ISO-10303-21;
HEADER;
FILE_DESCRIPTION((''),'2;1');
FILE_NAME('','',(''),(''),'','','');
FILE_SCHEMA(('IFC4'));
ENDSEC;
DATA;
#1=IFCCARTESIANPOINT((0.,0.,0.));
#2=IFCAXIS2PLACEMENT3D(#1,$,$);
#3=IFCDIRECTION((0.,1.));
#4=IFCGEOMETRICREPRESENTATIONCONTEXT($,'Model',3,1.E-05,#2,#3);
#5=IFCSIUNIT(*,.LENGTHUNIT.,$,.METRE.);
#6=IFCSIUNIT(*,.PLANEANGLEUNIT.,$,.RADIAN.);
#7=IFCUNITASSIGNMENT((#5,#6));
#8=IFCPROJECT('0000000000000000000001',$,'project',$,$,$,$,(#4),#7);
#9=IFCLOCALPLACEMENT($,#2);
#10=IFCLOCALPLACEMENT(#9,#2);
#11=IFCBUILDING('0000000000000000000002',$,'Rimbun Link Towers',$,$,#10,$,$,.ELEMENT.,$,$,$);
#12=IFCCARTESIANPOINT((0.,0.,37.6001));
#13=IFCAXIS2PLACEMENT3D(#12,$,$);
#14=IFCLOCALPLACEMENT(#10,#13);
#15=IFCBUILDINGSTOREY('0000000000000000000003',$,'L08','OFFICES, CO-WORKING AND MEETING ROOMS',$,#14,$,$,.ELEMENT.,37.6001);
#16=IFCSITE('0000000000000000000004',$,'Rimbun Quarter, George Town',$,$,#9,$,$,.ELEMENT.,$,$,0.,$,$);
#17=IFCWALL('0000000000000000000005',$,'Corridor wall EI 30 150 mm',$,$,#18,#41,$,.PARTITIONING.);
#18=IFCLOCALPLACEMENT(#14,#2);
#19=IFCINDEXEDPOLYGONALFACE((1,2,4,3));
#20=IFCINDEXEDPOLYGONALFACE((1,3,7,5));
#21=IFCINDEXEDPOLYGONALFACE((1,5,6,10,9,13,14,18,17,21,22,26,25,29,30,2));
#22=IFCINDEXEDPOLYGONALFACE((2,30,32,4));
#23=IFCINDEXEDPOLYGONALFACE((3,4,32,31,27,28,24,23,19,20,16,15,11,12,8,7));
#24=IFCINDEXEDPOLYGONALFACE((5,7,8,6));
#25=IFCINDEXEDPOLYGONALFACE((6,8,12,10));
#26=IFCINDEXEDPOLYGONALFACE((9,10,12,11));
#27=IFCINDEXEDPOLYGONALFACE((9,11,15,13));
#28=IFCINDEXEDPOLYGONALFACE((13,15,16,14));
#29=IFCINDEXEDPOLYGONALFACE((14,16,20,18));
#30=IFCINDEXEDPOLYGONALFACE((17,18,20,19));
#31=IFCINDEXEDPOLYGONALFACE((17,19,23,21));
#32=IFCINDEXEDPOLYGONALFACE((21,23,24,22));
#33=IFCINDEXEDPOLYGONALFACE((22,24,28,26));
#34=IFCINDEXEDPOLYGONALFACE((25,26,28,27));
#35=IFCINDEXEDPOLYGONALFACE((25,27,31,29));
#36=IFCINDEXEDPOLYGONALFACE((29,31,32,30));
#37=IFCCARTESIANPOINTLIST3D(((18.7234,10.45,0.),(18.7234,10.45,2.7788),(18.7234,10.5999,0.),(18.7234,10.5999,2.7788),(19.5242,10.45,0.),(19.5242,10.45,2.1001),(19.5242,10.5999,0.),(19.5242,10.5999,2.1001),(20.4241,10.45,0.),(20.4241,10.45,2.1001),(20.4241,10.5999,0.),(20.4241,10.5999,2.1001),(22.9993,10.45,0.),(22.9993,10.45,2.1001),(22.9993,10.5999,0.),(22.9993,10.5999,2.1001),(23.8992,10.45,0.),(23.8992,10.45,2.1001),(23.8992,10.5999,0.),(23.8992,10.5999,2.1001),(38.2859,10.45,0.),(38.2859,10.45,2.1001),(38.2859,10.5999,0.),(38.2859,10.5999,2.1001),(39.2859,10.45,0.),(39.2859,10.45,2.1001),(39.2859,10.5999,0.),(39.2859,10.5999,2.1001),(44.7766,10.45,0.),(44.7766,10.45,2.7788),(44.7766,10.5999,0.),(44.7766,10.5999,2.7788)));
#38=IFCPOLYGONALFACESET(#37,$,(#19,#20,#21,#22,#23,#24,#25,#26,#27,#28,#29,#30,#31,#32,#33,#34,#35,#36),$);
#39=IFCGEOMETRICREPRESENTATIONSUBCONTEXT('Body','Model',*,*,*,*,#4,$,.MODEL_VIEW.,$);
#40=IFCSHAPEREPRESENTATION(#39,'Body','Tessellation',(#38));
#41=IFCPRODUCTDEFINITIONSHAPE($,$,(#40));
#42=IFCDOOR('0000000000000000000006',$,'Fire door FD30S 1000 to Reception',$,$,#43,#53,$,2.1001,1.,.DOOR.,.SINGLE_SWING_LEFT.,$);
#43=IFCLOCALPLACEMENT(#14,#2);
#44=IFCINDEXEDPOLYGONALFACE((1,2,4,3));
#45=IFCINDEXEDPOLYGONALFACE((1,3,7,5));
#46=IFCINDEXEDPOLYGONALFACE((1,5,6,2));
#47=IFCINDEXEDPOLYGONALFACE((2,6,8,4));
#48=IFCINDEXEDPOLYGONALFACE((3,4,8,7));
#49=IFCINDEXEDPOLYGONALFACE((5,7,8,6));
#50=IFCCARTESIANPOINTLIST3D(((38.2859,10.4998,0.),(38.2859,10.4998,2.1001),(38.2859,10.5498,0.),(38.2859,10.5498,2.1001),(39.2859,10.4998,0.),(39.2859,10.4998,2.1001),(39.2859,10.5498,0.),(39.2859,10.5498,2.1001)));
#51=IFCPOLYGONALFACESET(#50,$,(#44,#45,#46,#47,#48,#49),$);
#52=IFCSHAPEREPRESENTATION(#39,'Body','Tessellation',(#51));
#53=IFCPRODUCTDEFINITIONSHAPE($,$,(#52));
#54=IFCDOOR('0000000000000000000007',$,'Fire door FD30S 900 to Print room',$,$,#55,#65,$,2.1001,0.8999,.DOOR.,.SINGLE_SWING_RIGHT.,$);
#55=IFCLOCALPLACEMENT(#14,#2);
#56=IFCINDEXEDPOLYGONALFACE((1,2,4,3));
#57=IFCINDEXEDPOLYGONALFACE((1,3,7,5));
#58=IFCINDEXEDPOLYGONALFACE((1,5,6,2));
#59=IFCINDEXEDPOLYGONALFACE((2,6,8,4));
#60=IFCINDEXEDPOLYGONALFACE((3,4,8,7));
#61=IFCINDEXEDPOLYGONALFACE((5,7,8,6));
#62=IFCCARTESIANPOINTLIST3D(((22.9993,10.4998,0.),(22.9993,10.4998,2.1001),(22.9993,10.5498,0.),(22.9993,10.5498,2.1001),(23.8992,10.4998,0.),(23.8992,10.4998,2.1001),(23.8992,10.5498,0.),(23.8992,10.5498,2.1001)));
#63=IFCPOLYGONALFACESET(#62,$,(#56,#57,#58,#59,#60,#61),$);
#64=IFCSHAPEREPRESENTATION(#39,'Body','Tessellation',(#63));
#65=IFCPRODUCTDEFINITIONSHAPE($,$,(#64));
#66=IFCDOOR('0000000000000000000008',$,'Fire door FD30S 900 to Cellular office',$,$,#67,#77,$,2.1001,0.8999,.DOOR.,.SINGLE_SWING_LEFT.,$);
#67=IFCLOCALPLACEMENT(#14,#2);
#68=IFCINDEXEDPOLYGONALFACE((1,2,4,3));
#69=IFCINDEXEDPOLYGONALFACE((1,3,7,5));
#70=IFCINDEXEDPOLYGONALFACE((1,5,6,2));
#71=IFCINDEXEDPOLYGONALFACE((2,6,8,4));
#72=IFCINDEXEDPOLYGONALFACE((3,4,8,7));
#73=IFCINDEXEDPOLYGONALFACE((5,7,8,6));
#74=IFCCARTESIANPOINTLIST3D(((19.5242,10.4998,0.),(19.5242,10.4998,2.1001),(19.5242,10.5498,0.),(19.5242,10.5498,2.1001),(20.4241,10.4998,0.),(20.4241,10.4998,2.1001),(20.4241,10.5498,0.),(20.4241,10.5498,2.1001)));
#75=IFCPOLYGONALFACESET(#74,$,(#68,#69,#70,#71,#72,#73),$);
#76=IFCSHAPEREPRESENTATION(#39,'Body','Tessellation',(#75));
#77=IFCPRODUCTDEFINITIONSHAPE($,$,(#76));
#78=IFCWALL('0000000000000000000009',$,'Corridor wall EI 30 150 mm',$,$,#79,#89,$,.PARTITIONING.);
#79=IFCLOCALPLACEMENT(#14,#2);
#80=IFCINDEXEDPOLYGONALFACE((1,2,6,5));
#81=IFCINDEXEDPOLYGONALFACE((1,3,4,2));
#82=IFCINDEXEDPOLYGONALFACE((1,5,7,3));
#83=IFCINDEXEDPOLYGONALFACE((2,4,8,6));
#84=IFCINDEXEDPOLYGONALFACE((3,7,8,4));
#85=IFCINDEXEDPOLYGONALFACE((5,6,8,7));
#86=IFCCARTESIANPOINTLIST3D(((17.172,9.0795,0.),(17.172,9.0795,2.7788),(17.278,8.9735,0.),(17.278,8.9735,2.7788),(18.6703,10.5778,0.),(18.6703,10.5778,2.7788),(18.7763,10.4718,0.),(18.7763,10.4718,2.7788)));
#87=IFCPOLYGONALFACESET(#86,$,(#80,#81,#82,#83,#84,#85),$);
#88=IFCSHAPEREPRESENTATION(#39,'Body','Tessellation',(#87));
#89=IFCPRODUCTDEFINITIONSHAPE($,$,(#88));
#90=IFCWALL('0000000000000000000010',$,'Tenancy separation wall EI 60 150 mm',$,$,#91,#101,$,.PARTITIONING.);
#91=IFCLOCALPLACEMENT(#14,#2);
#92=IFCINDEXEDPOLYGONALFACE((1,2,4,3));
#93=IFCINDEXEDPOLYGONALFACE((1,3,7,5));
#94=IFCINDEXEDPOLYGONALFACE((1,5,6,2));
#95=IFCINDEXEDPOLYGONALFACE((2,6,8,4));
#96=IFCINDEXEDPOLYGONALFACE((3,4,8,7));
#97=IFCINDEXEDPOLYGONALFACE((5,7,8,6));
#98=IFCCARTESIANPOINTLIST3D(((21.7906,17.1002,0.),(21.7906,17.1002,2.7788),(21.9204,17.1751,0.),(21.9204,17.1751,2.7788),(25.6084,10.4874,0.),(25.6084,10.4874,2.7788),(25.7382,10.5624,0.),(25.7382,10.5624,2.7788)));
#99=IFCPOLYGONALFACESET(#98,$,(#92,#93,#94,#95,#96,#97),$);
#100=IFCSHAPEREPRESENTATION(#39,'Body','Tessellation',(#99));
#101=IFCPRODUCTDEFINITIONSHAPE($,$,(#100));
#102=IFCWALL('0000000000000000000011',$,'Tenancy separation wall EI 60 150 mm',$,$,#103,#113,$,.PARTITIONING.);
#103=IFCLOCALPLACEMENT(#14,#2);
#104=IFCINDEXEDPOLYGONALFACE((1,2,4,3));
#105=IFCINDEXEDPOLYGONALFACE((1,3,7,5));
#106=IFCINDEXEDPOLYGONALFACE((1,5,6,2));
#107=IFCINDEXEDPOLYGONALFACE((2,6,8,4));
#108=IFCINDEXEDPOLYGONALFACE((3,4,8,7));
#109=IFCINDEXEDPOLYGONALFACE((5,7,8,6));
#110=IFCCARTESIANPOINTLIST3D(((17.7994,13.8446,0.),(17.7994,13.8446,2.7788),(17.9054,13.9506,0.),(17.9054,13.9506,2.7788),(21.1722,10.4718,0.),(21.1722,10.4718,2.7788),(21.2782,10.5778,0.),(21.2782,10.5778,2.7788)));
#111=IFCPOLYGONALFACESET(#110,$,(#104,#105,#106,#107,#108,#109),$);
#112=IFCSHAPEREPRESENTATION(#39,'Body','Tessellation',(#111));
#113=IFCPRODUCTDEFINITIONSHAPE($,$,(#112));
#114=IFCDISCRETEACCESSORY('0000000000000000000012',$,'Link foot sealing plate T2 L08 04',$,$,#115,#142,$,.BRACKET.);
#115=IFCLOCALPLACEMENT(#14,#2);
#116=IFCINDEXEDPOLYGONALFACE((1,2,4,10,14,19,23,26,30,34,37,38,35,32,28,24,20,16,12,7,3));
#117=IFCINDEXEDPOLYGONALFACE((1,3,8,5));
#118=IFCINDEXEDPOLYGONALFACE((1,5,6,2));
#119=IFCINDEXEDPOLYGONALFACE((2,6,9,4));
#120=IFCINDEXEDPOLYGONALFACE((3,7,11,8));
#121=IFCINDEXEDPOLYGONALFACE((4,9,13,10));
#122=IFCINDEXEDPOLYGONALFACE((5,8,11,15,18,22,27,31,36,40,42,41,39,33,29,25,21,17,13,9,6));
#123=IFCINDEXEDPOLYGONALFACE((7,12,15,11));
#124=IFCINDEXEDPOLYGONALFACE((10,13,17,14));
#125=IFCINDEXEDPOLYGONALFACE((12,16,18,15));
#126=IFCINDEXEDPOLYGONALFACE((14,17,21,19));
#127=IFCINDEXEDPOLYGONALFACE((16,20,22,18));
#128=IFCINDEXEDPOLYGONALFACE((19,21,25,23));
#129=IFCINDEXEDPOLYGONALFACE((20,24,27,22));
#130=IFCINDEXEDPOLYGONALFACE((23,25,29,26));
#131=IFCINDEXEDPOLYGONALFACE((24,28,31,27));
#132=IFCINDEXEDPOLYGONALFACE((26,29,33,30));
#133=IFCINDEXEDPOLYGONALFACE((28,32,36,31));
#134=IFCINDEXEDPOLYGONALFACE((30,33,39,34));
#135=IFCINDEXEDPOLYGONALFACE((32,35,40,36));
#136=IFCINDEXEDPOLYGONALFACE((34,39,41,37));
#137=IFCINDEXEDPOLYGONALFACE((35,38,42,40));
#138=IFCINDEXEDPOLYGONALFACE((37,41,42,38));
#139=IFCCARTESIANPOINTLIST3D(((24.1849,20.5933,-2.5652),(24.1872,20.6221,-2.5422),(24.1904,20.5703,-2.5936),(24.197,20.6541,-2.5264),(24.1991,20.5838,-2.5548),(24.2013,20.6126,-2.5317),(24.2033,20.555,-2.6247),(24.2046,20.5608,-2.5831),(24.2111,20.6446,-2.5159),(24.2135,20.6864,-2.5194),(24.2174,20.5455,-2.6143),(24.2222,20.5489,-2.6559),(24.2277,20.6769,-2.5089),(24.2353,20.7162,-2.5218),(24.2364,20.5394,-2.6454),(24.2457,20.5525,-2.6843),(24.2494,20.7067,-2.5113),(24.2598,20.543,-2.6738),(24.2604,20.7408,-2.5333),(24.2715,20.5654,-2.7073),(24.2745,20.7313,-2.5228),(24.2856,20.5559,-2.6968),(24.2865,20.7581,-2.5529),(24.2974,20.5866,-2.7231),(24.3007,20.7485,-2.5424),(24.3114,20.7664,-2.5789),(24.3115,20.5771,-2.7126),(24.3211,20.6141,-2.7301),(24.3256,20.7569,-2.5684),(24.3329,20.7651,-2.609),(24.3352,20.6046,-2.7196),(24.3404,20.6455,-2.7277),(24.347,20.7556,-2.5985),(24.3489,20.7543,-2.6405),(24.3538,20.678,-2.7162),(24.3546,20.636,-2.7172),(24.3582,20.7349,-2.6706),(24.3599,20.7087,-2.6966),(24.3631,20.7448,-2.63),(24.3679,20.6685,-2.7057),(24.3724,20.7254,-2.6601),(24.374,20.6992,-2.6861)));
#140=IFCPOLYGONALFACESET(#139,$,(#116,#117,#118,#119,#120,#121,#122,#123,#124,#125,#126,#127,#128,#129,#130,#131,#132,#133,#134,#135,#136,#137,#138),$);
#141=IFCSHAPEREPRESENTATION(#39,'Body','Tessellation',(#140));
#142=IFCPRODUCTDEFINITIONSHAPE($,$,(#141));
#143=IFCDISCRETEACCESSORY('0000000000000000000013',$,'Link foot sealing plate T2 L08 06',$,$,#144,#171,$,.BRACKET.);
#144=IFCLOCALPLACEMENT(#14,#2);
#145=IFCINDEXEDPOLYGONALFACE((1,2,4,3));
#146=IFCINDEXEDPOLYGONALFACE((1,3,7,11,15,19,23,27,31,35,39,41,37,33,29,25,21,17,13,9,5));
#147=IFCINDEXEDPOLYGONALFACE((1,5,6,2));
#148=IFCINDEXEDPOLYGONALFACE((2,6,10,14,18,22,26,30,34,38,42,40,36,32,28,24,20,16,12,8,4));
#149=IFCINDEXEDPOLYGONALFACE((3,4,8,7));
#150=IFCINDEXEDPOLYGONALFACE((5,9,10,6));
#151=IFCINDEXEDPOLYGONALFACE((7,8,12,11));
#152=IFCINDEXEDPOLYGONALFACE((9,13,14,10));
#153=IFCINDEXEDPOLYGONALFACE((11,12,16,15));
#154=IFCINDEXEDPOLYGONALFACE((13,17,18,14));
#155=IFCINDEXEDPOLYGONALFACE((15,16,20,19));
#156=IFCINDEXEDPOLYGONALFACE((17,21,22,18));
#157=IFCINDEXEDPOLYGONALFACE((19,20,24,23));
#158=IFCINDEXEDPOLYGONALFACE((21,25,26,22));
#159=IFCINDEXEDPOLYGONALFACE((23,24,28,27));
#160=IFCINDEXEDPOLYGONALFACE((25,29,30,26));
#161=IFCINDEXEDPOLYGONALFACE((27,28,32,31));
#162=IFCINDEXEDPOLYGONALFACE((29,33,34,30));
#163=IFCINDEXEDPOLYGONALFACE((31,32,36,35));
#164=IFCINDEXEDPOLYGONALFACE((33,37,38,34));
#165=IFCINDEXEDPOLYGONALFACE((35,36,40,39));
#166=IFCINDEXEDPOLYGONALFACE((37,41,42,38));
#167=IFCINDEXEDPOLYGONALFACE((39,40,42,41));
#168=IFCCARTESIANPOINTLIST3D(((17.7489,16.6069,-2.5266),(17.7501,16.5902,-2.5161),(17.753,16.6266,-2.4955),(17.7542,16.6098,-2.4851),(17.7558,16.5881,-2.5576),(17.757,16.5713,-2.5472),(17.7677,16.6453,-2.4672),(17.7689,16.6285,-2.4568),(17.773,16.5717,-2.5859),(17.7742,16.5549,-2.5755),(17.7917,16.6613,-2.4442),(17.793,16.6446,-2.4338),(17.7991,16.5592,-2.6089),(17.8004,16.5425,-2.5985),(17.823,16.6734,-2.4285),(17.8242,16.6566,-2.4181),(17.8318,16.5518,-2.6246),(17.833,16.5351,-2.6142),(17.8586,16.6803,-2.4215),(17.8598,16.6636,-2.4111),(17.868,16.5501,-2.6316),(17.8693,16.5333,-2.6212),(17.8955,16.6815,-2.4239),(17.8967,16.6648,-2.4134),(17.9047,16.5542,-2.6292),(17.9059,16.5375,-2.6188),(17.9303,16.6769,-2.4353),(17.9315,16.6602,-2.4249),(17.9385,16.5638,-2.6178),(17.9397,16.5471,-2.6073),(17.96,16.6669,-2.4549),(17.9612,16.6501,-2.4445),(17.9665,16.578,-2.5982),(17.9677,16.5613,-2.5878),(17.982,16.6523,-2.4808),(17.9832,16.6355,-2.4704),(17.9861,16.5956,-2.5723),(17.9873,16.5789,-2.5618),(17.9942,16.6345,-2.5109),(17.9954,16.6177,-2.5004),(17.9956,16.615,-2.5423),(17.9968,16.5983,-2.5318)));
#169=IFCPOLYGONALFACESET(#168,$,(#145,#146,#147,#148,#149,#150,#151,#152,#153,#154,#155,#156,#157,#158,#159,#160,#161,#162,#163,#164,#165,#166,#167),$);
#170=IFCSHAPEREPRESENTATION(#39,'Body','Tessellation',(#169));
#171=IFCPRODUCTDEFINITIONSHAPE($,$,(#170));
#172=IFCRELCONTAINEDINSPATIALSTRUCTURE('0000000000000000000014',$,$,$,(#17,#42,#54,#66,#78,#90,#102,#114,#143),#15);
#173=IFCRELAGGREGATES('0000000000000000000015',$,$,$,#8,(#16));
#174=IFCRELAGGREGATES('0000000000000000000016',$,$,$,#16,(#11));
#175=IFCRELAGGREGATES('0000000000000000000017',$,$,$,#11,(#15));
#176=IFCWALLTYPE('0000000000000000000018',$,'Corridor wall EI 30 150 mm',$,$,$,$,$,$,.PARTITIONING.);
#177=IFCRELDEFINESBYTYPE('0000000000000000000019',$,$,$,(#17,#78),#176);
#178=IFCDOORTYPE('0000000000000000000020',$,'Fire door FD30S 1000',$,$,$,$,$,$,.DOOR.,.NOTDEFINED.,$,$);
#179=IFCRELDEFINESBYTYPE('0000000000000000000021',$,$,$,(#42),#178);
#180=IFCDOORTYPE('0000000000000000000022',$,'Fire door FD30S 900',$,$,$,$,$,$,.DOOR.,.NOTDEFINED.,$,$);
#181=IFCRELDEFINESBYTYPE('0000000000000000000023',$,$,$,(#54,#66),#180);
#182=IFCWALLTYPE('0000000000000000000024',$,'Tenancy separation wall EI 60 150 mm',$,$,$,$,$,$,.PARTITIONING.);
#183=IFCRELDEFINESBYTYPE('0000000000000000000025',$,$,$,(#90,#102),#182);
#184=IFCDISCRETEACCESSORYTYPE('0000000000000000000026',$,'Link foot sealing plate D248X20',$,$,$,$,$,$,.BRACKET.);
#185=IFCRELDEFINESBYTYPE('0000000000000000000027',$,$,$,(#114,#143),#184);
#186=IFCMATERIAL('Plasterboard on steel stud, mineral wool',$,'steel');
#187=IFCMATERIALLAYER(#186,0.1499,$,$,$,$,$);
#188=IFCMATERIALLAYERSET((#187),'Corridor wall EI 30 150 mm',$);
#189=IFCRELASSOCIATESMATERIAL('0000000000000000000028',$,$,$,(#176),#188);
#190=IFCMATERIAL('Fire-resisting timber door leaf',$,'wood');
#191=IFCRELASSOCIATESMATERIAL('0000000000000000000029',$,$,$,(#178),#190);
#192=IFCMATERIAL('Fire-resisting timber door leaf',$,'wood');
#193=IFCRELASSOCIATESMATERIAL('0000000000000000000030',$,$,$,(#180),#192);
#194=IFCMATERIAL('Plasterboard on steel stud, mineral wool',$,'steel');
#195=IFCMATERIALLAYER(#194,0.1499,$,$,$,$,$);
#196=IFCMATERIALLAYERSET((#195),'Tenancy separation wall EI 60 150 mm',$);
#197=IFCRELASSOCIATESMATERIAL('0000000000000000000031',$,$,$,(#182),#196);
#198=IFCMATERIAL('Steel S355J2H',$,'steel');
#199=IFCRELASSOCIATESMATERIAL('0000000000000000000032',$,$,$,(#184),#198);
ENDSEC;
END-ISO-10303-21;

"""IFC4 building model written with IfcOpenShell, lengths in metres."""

from ifc_helpers import new_model, si_unit, direction, frame, frame_2d, origin, origin_2d, place, context, subcontext, project, spatial, rectangle, circle, extrude, material, layer, layer_set, material_profile, profile_set, type_object, element, fill, save


model = new_model("IFC4")

# Units and contexts
model_context = context("Model", 3, precision=1e-05, world=origin(), true_north=direction((0.0, 1.0)))
body_context = subcontext(model_context, "Body", "Model", "MODEL_VIEW")
ifc_project = project(units=[si_unit("LENGTHUNIT", "METRE"), si_unit("PLANEANGLEUNIT", "RADIAN")], contexts=[model_context])

# Site, building, storey
site_placement = place(None, origin())
site = spatial("IfcSite", under=ifc_project, at=site_placement, Name="Rimbun Quarter, George Town", CompositionType="ELEMENT", RefElevation=0.0)
building_placement = place(site_placement, origin())
building = spatial("IfcBuilding", under=site, at=building_placement, Name="Rimbun Link Towers", CompositionType="ELEMENT")
storey_placement = place(building_placement, frame((0.0, 0.0, 37.6001)))
storey = spatial("IfcBuildingStorey", under=building, at=storey_placement, Name="L08", Description="OFFICES, CO-WORKING AND MEETING ROOMS", CompositionType="ELEMENT", Elevation=37.6001)

# Wall, openings, doors
ifc_material_1 = material(Name="Plasterboard on steel stud, mineral wool", Category="steel")
ifc_layer_1 = layer(ifc_material_1, 0.1499)
ifc_layer_set_1 = layer_set([ifc_layer_1], Name="Corridor wall EI 30 150 mm")
wall_type_1 = type_object("IfcWallType", Name="Corridor wall EI 30 150 mm", PredefinedType="PARTITIONING", material=ifc_layer_set_1)
wall_1_placement = place(storey_placement, frame((18.7234, 10.5249, 0.0), z_axis=(0.0, 0.0, 1.0), x_axis=(1.0, 0.0, 0.0)))
wall_1 = element("IfcWall", 1, at=wall_1_placement, inside=storey, type_object=wall_type_1, Name="Corridor wall EI 30 150 mm", PredefinedType="PARTITIONING", context=body_context, shape_type="SweptSolid", body=[
    extrude(rectangle(XDim=26.0532, YDim=0.1499, at=frame_2d((13.0266, 0.0))), origin(), (0.0, 0.0, 1.0), 2.7788),
])
opening_1_placement = place(wall_1_placement, frame((19.5625, 0.0, 0.0)))
opening_1 = element("IfcOpeningElement", 2, at=opening_1_placement, cuts=wall_1, PredefinedType="OPENING", context=body_context, shape_type="SweptSolid", body=[
    extrude(rectangle(XDim=1.0, YDim=2.1001, at=frame_2d((0.5, 1.05))), frame((0.0, 0.085, 0.0), z_axis=(0.0, -1.0, 0.0), x_axis=(1.0, 0.0, 0.0)), (0.0, 0.0, 1.0), 0.1699),
])
opening_2_placement = place(wall_1_placement, frame((4.2759, 0.0, 0.0)))
opening_2 = element("IfcOpeningElement", 3, at=opening_2_placement, cuts=wall_1, PredefinedType="OPENING", context=body_context, shape_type="SweptSolid", body=[
    extrude(rectangle(XDim=0.8999, YDim=2.1001, at=frame_2d((0.45, 1.05))), frame((0.0, 0.085, 0.0), z_axis=(0.0, -1.0, 0.0), x_axis=(1.0, 0.0, 0.0)), (0.0, 0.0, 1.0), 0.1699),
])
opening_3_placement = place(wall_1_placement, frame((0.8008, 0.0, 0.0)))
opening_3 = element("IfcOpeningElement", 4, at=opening_3_placement, cuts=wall_1, PredefinedType="OPENING", context=body_context, shape_type="SweptSolid", body=[
    extrude(rectangle(XDim=0.8999, YDim=2.1001, at=frame_2d((0.45, 1.05))), frame((0.0, 0.085, 0.0), z_axis=(0.0, -1.0, 0.0), x_axis=(1.0, 0.0, 0.0)), (0.0, 0.0, 1.0), 0.1699),
])
ifc_material_2 = material(Name="Fire-resisting timber door leaf", Category="wood")
door_type_1 = type_object("IfcDoorType", Name="Fire door FD30S 1000", OperationType="NOTDEFINED", PredefinedType="DOOR", material=ifc_material_2)
door_1_placement = place(opening_1_placement, origin())
door_1 = element("IfcDoor", 5, at=door_1_placement, inside=storey, type_object=door_type_1, Name="Fire door FD30S 1000 to Reception", OperationType="SINGLE_SWING_LEFT", OverallHeight=2.1001, OverallWidth=1.0, PredefinedType="DOOR", context=body_context, shape_type="SweptSolid", body=[
    extrude(rectangle(XDim=1.0, YDim=2.1001, at=frame_2d((0.5, 1.05))), frame((0.0, 0.0249, 0.0), z_axis=(0.0, -1.0, 0.0), x_axis=(1.0, 0.0, 0.0)), (0.0, 0.0, 1.0), 0.05),
])
fill(opening_1, door_1)
ifc_material_3 = material(Name="Fire-resisting timber door leaf", Category="wood")
door_type_2 = type_object("IfcDoorType", Name="Fire door FD30S 900", OperationType="NOTDEFINED", PredefinedType="DOOR", material=ifc_material_3)
door_2_placement = place(opening_2_placement, origin())
door_2 = element("IfcDoor", 6, at=door_2_placement, inside=storey, type_object=door_type_2, Name="Fire door FD30S 900 to Print room", OperationType="SINGLE_SWING_RIGHT", OverallHeight=2.1001, OverallWidth=0.8999, PredefinedType="DOOR", context=body_context, shape_type="SweptSolid", body=[
    extrude(rectangle(XDim=0.8999, YDim=2.1001, at=frame_2d((0.45, 1.05))), frame((0.0, 0.0249, 0.0), z_axis=(0.0, -1.0, 0.0), x_axis=(1.0, 0.0, 0.0)), (0.0, 0.0, 1.0), 0.05),
])
fill(opening_2, door_2)
door_3_placement = place(opening_3_placement, origin())
door_3 = element("IfcDoor", 7, at=door_3_placement, inside=storey, type_object=door_type_2, Name="Fire door FD30S 900 to Cellular office", OperationType="SINGLE_SWING_LEFT", OverallHeight=2.1001, OverallWidth=0.8999, PredefinedType="DOOR", context=body_context, shape_type="SweptSolid", body=[
    extrude(rectangle(XDim=0.8999, YDim=2.1001, at=frame_2d((0.45, 1.05))), frame((0.0, 0.0249, 0.0), z_axis=(0.0, -1.0, 0.0), x_axis=(1.0, 0.0, 0.0)), (0.0, 0.0, 1.0), 0.05),
])
fill(opening_3, door_3)

# Walls
wall_2_placement = place(storey_placement, frame((18.7234, 10.5249, 0.0), z_axis=(0.0, 0.0, 1.0), x_axis=(-0.707107, -0.707107, 0.0)))
element("IfcWall", 8, at=wall_2_placement, inside=storey, type_object=wall_type_1, Name="Corridor wall EI 30 150 mm", PredefinedType="PARTITIONING", context=body_context, shape_type="SweptSolid", body=[
    extrude(rectangle(XDim=2.1189, YDim=0.1499, at=frame_2d((1.0596, 0.0))), origin(), (0.0, 0.0, 1.0), 2.7788),
])
ifc_material_4 = material(Name="Plasterboard on steel stud, mineral wool", Category="steel")
ifc_layer_2 = layer(ifc_material_4, 0.1499)
ifc_layer_set_2 = layer_set([ifc_layer_2], Name="Tenancy separation wall EI 60 150 mm")
wall_type_2 = type_object("IfcWallType", Name="Tenancy separation wall EI 60 150 mm", PredefinedType="PARTITIONING", material=ifc_layer_set_2)
wall_3_placement = place(storey_placement, frame((25.6733, 10.5249, 0.0), z_axis=(0.0, 0.0, 1.0), x_axis=(-0.499997, 0.866027, 0.0)))
element("IfcWall", 9, at=wall_3_placement, inside=storey, type_object=wall_type_2, Name="Tenancy separation wall EI 60 150 mm", PredefinedType="PARTITIONING", context=body_context, shape_type="SweptSolid", body=[
    extrude(rectangle(XDim=7.6357, YDim=0.1499, at=frame_2d((3.8179, 0.0))), origin(), (0.0, 0.0, 1.0), 2.7788),
])
wall_4_placement = place(storey_placement, frame((21.2251, 10.5249, 0.0), z_axis=(0.0, 0.0, 1.0), x_axis=(-0.707107, 0.707107, 0.0)))
element("IfcWall", 10, at=wall_4_placement, inside=storey, type_object=wall_type_2, Name="Tenancy separation wall EI 60 150 mm", PredefinedType="PARTITIONING", context=body_context, shape_type="SweptSolid", body=[
    extrude(rectangle(XDim=4.7698, YDim=0.1499, at=frame_2d((2.3848, 0.0))), origin(), (0.0, 0.0, 1.0), 2.7788),
])

# Discrete accessories
ifc_material_5 = material(Name="Steel S355J2H", Category="steel")
ifc_material_profile_1 = material_profile(ifc_material_5, circle(Radius=0.124, at=origin_2d()), Name="PL D248")
ifc_profile_set_1 = profile_set([ifc_material_profile_1], Name="Steel S355J2H")
discrete_accessory_type = type_object("IfcDiscreteAccessoryType", Name="Link foot sealing plate D248X20", PredefinedType="BRACKET", material=ifc_profile_set_1)
discrete_accessory_1_placement = place(storey_placement, frame((24.2866, 20.6484, -2.6143), z_axis=(-0.706792, 0.475256, -0.524001), x_axis=(-0.557998, -0.829843, 0.0)))
element("IfcDiscreteAccessory", 11, at=discrete_accessory_1_placement, inside=storey, type_object=discrete_accessory_type, Name="Link foot sealing plate T2 L08 04", PredefinedType="BRACKET", context=body_context, shape_type="SweptSolid", body=[
    extrude(circle(Radius=0.124, at=origin_2d()), origin(), (0.0, 0.0, 1.0), 0.02),
])
discrete_accessory_2_placement = place(storey_placement, frame((17.8738, 16.5991, -2.5161), z_axis=(-0.061383, 0.847088, -0.527896), x_axis=(-0.997385, -0.072274, 0.0)))
element("IfcDiscreteAccessory", 12, at=discrete_accessory_2_placement, inside=storey, type_object=discrete_accessory_type, Name="Link foot sealing plate T2 L08 06", PredefinedType="BRACKET", context=body_context, shape_type="SweptSolid", body=[
    extrude(circle(Radius=0.124, at=origin_2d()), origin(), (0.0, 0.0, 1.0), 0.0198),
])

save(model, "model.ifc")
